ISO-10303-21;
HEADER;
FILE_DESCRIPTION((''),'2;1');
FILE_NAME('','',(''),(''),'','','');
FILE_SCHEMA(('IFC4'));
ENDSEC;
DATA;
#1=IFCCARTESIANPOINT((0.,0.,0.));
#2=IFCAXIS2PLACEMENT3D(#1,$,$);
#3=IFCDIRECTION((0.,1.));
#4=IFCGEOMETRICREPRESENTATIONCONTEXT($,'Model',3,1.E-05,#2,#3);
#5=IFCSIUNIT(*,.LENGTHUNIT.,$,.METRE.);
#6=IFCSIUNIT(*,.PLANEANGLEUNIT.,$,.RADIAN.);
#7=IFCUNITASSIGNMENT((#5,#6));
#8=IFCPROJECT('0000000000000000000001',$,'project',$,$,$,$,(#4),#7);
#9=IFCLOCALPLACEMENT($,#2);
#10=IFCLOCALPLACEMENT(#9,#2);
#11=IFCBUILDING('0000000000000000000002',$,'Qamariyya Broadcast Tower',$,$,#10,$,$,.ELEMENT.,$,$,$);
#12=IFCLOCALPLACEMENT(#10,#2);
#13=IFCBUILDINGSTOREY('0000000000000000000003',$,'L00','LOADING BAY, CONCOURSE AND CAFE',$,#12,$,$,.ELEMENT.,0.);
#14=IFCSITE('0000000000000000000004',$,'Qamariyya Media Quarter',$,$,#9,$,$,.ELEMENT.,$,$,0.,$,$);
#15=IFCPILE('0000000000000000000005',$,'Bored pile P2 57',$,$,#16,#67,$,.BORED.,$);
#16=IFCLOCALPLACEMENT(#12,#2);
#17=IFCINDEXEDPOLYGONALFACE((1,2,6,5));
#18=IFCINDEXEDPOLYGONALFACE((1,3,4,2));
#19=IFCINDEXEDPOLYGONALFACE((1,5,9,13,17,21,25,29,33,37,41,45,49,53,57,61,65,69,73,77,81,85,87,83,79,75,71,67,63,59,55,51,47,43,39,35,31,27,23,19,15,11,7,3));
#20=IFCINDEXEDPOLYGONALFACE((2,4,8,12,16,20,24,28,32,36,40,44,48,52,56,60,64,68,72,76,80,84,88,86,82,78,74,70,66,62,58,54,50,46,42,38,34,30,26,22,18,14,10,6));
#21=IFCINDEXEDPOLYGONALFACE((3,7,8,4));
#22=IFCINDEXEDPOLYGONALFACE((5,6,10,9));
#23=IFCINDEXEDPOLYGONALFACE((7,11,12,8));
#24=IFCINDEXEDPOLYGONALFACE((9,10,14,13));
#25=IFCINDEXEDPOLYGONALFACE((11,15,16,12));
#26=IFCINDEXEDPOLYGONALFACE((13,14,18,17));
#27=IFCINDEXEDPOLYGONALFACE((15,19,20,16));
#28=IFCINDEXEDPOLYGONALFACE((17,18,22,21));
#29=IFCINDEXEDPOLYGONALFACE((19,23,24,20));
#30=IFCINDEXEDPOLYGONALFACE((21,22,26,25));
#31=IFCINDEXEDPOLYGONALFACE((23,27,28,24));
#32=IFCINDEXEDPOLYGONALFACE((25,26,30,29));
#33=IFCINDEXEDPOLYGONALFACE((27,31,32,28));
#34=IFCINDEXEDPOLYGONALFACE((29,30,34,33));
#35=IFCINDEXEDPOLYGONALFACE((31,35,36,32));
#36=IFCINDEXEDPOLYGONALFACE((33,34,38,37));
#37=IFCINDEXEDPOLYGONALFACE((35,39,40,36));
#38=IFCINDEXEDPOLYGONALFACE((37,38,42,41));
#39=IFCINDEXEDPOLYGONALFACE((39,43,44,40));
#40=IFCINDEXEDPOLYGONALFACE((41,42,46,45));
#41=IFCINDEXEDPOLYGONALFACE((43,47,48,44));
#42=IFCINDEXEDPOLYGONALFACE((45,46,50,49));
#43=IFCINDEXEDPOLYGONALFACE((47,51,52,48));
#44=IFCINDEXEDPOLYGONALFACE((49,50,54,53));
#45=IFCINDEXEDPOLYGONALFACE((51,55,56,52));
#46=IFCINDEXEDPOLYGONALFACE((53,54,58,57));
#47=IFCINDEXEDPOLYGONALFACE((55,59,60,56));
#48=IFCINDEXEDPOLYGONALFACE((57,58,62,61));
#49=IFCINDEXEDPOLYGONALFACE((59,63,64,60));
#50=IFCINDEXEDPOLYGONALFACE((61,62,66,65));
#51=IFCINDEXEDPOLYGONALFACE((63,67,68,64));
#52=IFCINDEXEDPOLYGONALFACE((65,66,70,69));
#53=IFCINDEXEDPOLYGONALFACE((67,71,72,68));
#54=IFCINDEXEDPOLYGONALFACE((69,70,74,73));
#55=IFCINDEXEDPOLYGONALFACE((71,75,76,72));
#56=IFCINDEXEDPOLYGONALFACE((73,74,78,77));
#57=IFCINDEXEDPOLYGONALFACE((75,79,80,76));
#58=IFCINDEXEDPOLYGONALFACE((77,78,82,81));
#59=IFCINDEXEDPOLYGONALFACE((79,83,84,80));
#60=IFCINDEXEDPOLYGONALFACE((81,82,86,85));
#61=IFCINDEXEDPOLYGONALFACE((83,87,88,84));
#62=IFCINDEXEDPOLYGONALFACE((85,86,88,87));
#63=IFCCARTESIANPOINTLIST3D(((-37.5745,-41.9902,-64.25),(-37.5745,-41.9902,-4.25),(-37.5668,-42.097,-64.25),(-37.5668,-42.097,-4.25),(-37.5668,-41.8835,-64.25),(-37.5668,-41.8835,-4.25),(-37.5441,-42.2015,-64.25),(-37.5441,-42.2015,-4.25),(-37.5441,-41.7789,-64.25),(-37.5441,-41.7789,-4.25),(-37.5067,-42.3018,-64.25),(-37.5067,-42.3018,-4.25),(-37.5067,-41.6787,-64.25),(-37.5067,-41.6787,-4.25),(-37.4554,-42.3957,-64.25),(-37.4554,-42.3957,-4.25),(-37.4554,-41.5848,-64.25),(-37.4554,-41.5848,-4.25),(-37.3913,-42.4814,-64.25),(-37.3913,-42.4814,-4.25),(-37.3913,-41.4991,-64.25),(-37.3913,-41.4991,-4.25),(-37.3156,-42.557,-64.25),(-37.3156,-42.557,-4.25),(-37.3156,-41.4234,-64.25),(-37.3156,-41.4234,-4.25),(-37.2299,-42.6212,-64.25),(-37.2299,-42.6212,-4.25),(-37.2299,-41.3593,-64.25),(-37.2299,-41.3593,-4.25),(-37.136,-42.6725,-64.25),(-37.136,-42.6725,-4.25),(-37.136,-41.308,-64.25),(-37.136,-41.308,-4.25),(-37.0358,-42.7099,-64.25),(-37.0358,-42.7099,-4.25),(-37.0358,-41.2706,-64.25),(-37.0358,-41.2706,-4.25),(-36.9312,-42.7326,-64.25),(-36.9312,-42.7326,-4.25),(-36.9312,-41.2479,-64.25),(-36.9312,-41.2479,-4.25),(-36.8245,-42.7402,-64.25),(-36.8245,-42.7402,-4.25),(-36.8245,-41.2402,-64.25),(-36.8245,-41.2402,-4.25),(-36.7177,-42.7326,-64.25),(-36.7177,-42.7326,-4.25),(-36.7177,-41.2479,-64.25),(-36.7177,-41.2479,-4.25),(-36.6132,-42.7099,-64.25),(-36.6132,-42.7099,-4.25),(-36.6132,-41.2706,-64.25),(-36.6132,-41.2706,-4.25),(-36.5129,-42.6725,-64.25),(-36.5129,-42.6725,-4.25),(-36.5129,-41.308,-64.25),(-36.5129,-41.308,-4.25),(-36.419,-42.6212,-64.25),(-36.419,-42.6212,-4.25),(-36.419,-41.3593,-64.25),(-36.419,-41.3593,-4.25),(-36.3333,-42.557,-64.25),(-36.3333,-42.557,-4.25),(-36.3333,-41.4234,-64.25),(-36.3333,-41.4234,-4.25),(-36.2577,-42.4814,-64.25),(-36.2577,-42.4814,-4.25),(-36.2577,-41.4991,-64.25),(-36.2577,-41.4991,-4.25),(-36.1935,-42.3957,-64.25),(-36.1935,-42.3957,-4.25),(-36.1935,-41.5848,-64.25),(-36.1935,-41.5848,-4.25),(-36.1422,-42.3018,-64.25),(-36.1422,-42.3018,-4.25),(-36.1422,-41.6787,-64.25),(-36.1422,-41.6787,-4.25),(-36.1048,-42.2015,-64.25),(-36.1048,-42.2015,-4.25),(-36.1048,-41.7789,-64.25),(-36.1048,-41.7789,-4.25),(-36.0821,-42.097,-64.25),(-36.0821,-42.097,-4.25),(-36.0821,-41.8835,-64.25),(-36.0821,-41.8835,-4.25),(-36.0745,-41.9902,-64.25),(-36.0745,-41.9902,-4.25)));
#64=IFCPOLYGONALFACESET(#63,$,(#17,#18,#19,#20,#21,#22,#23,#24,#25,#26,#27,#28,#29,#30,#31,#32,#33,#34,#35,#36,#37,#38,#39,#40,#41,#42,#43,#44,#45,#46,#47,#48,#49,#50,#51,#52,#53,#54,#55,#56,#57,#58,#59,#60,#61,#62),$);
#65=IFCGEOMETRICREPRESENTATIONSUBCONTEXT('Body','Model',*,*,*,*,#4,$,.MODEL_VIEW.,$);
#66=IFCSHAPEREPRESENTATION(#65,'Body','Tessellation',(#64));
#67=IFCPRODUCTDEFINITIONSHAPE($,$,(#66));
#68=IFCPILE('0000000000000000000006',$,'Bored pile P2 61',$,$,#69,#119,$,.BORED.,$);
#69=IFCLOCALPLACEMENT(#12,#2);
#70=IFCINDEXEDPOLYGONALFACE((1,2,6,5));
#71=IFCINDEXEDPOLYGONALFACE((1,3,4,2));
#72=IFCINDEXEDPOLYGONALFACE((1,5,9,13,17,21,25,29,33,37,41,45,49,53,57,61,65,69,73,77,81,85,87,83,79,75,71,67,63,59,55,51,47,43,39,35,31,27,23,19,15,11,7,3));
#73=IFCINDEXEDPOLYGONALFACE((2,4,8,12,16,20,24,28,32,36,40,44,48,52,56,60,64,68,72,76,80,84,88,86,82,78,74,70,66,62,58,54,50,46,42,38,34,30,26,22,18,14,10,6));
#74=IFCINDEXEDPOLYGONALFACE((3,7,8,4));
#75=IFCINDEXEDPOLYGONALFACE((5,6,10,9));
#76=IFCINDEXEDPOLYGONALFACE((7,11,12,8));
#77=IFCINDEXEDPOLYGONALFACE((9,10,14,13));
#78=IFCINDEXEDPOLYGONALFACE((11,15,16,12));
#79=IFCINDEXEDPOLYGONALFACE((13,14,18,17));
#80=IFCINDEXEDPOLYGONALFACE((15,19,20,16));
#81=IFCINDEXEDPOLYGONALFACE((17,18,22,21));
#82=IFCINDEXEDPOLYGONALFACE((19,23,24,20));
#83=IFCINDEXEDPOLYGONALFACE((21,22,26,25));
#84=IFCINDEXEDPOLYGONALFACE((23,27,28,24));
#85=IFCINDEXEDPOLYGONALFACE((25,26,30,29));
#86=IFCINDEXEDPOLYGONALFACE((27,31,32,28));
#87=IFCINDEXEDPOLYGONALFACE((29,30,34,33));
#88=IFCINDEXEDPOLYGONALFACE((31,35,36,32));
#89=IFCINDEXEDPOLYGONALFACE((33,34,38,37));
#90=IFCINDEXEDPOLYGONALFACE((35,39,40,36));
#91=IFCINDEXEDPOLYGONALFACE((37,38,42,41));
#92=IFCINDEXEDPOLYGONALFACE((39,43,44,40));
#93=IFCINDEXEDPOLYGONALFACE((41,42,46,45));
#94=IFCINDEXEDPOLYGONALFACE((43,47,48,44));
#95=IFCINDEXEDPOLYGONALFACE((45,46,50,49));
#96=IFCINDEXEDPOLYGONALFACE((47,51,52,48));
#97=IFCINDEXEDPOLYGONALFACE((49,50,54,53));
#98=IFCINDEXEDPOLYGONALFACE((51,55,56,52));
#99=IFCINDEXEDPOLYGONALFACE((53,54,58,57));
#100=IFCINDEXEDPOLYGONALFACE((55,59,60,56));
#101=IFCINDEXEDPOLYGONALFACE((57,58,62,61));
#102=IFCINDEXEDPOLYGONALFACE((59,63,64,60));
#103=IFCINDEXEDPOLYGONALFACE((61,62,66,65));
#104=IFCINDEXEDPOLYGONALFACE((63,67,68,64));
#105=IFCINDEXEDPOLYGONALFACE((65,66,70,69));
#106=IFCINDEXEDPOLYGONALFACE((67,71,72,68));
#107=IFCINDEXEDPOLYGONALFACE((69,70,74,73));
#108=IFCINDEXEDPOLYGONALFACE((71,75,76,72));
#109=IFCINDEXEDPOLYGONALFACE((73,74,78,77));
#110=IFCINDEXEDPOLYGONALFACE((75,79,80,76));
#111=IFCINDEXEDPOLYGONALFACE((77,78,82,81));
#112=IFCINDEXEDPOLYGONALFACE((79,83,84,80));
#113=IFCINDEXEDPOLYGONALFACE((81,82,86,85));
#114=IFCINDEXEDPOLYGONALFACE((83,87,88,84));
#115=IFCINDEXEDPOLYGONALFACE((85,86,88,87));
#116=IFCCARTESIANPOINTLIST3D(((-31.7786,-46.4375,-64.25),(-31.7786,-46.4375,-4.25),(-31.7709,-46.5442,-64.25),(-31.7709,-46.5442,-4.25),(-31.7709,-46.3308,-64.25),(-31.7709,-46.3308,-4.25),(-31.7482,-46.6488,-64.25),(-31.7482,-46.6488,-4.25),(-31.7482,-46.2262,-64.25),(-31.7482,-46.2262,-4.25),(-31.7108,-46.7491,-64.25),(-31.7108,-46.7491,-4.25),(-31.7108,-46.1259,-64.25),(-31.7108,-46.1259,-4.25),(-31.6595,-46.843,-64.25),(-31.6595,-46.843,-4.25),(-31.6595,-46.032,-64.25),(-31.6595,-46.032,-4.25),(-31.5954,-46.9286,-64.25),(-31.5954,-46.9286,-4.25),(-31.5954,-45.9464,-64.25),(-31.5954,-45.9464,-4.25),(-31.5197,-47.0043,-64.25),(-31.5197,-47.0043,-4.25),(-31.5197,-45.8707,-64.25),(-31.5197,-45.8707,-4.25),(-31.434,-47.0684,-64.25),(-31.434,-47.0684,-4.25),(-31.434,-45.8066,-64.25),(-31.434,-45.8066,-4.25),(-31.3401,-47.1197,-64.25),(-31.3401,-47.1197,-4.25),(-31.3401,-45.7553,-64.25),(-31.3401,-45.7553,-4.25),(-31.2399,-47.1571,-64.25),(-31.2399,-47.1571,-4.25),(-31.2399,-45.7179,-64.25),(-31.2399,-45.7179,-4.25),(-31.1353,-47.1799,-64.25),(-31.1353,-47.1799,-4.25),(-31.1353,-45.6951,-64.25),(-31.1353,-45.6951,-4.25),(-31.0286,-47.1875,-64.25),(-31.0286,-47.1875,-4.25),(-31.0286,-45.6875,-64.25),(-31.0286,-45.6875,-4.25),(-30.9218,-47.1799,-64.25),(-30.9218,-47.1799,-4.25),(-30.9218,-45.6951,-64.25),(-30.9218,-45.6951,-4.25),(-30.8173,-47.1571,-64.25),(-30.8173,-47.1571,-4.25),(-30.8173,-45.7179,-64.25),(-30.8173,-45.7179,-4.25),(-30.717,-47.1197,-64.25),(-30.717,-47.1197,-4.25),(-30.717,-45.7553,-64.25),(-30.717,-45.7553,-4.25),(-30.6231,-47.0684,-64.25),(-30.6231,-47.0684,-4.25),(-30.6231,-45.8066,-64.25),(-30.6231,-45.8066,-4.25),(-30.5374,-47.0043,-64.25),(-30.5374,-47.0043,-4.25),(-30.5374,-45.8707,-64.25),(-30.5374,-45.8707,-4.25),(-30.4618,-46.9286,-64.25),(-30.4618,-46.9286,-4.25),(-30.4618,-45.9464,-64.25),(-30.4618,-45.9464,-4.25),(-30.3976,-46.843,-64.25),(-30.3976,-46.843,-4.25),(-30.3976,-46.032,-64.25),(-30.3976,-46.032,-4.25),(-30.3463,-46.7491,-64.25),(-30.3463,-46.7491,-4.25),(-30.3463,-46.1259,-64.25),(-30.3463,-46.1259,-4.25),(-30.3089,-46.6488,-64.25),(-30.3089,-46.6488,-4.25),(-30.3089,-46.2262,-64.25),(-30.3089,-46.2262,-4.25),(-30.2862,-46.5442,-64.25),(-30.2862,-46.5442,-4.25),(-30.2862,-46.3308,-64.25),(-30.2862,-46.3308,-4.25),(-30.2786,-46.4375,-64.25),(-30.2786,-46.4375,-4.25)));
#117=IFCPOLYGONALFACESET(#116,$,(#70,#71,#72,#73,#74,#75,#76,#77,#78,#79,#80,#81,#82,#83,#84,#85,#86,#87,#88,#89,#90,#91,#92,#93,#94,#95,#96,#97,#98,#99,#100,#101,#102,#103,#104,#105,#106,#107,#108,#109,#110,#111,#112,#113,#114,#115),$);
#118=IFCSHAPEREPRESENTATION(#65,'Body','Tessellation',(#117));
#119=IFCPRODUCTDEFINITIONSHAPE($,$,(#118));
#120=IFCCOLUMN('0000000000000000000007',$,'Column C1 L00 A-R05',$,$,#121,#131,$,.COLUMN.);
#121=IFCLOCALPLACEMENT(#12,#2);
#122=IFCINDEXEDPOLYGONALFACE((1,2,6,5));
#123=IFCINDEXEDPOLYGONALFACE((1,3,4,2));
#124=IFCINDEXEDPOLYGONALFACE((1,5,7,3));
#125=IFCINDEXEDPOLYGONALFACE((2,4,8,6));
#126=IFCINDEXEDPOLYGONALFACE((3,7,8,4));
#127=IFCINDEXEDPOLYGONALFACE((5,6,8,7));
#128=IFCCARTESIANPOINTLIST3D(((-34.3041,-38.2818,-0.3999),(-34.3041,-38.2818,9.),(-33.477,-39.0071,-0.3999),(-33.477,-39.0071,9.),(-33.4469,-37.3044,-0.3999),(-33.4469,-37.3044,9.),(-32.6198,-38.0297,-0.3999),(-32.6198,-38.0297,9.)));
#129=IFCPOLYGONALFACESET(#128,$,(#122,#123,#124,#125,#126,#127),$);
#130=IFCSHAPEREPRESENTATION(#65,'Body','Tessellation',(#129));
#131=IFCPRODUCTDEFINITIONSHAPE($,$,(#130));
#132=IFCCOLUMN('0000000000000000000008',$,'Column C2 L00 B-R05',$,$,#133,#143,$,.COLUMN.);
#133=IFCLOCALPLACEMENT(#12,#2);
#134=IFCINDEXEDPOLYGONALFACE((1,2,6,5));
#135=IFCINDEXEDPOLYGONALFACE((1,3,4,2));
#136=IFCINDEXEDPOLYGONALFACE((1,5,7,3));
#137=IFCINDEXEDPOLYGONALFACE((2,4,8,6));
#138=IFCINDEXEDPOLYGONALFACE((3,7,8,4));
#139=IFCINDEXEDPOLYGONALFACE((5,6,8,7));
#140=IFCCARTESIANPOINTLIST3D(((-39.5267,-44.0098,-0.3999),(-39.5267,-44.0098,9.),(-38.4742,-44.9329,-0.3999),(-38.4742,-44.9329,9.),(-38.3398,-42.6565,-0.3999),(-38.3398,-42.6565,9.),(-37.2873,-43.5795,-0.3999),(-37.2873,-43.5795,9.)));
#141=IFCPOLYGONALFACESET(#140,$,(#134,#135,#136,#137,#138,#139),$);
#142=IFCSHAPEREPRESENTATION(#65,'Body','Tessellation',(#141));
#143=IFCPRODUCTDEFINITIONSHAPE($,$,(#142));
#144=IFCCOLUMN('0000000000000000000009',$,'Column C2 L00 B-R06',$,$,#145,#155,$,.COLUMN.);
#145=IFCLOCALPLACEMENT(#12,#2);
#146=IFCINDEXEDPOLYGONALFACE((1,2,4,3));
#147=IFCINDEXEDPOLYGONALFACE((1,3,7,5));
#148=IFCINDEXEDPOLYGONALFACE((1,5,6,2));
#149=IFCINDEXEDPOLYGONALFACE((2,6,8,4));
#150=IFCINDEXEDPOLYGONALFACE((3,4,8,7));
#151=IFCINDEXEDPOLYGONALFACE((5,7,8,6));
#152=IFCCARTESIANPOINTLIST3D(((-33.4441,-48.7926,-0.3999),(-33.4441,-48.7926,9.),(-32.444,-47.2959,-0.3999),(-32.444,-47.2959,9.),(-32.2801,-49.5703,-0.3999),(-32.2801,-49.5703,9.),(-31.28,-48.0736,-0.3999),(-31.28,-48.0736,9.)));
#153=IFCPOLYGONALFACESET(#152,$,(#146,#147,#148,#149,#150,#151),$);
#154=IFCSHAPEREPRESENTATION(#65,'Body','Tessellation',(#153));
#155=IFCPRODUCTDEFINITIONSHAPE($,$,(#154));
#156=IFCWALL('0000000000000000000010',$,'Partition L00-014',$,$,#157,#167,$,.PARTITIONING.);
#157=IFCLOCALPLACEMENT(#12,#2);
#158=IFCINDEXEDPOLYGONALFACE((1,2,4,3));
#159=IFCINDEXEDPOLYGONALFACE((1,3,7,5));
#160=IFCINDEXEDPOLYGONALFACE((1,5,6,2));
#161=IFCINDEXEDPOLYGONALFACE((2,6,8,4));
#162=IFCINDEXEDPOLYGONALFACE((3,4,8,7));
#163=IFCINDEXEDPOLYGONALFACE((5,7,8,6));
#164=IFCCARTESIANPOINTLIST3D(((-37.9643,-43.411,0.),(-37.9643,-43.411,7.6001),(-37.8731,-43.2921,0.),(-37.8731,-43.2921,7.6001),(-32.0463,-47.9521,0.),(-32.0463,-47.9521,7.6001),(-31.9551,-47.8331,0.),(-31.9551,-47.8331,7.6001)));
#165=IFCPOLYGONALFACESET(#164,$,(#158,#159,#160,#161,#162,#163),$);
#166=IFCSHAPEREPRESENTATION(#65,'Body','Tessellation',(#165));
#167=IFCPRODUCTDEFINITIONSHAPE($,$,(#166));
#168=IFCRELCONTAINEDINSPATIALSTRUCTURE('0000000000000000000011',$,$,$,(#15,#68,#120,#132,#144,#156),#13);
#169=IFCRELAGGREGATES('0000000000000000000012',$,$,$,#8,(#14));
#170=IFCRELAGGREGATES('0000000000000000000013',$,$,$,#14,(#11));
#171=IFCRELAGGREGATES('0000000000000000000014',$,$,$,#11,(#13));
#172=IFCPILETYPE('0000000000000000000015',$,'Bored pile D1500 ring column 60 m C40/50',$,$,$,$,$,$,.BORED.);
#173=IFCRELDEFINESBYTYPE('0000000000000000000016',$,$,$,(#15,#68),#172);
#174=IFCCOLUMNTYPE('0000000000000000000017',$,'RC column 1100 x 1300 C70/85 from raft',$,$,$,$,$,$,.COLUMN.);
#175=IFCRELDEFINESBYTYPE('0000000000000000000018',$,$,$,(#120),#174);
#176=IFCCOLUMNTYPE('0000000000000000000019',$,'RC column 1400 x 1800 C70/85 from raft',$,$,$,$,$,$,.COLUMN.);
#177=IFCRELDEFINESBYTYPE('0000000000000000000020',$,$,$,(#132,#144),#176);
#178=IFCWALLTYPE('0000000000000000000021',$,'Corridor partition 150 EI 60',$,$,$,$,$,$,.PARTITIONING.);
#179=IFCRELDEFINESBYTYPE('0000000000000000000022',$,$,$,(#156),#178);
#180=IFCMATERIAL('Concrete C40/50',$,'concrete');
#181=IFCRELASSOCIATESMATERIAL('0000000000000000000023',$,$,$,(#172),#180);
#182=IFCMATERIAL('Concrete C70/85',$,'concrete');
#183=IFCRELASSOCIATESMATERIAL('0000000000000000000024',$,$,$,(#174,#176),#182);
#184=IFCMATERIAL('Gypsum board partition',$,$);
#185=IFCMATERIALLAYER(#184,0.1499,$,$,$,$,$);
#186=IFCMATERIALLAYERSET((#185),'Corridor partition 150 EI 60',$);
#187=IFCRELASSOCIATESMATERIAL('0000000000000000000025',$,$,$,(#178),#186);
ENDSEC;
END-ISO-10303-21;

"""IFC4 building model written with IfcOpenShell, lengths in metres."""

from ifc_helpers import new_model, si_unit, direction, frame, frame_2d, origin, origin_2d, place, context, subcontext, project, spatial, rectangle, circle, extrude, material, layer, layer_set, material_profile, profile_set, type_object, element, save


model = new_model("IFC4")

# Units and contexts
model_context = context("Model", 3, precision=1e-05, world=origin(), true_north=direction((0.0, 1.0)))
body_context = subcontext(model_context, "Body", "Model", "MODEL_VIEW")
ifc_project = project(units=[si_unit("LENGTHUNIT", "METRE"), si_unit("PLANEANGLEUNIT", "RADIAN")], contexts=[model_context])

# Site, building, storey
site_placement = place(None, origin())
site = spatial("IfcSite", under=ifc_project, at=site_placement, Name="Qamariyya Media Quarter", CompositionType="ELEMENT", RefElevation=0.0)
building_placement = place(site_placement, origin())
building = spatial("IfcBuilding", under=site, at=building_placement, Name="Qamariyya Broadcast Tower", CompositionType="ELEMENT")
storey_placement = place(building_placement, origin())
storey = spatial("IfcBuildingStorey", under=building, at=storey_placement, Name="L00", Description="LOADING BAY, CONCOURSE AND CAFE", CompositionType="ELEMENT", Elevation=0.0)

# Piles
ifc_material_1 = material(Name="Concrete C40/50", Category="concrete")
ifc_material_profile_1 = material_profile(ifc_material_1, circle(Radius=0.75, at=origin_2d()))
ifc_profile_set_1 = profile_set([ifc_material_profile_1], Name="Concrete C40/50")
pile_type_1 = type_object("IfcPileType", Name="Bored pile D1500 ring column 60 m C40/50", PredefinedType="BORED", material=ifc_profile_set_1)
for number, where, z_axis, x_axis, name in (
    (1, (-36.8245, -41.9902, -4.25), (0.0, 0.0, -1.0), (1.0, 0.0, 0.0), "Bored pile P2 57"),
    (2, (-31.0286, -46.4375, -4.25), (0.0, 0.0, -1.0), (1.0, 0.0, 0.0), "Bored pile P2 61"),
):
    element("IfcPile", number, at=place(storey_placement, frame(where, z_axis=z_axis, x_axis=x_axis)), inside=storey, type_object=pile_type_1, Name=name, PredefinedType="BORED", context=body_context, shape_type="SweptSolid", body=[
        extrude(circle(Radius=0.75, at=origin_2d()), origin(), (0.0, 0.0, 1.0), 60.0),
    ])

# Columns
ifc_material_2 = material(Name="Concrete C70/85", Category="concrete")
ifc_material_profile_2 = material_profile(ifc_material_2, rectangle(XDim=1.1001, YDim=1.3, at=origin_2d()))
ifc_profile_set_2 = profile_set([ifc_material_profile_2], Name="Concrete C70/85")
column_type_1 = type_object("IfcColumnType", Name="RC column 1100 x 1300 C70/85 from raft", PredefinedType="COLUMN", material=ifc_profile_set_2)
column_placement = place(storey_placement, frame((-33.4619, -38.1558, -0.3999), z_axis=(0.0, 0.0, 1.0), x_axis=(0.75184, -0.659346, 0.0)))
element("IfcColumn", 3, at=column_placement, inside=storey, type_object=column_type_1, Name="Column C1 L00 A-R05", PredefinedType="COLUMN", context=body_context, shape_type="SweptSolid", body=[
    extrude(rectangle(XDim=1.1001, YDim=1.3, at=origin_2d()), origin(), (0.0, 0.0, 1.0), 9.3999),
])
ifc_material_profile_3 = material_profile(ifc_material_2, rectangle(XDim=1.3999, YDim=1.8, at=origin_2d()))
ifc_profile_set_3 = profile_set([ifc_material_profile_3], Name="Concrete C70/85")
column_type_2 = type_object("IfcColumnType", Name="RC column 1400 x 1800 C70/85 from raft", PredefinedType="COLUMN", material=ifc_profile_set_3)
for number, where, z_axis, x_axis, name in (
    (4, (-38.407, -43.7947, -0.3999), (0.0, 0.0, 1.0), (0.75184, -0.659346, 0.0), "Column C2 L00 B-R05"),
    (5, (-32.3621, -48.4331, -0.3999), (0.0, 0.0, 1.0), (0.83147, -0.55557, 0.0), "Column C2 L00 B-R06"),
):
    element("IfcColumn", number, at=place(storey_placement, frame(where, z_axis=z_axis, x_axis=x_axis)), inside=storey, type_object=column_type_2, Name=name, PredefinedType="COLUMN", context=body_context, shape_type="SweptSolid", body=[
        extrude(rectangle(XDim=1.3999, YDim=1.8, at=origin_2d()), origin(), (0.0, 0.0, 1.0), 9.3999),
    ])

# Wall
ifc_material_3 = material(Name="Gypsum board partition")
ifc_layer = layer(ifc_material_3, 0.1499)
ifc_layer_set = layer_set([ifc_layer], Name="Corridor partition 150 EI 60")
wall_type = type_object("IfcWallType", Name="Corridor partition 150 EI 60", PredefinedType="PARTITIONING", material=ifc_layer_set)
wall_1_placement = place(storey_placement, frame((-37.9187, -43.3516, 0.0), z_axis=(0.0, 0.0, 1.0), x_axis=(0.793353, -0.608761, 0.0)))
element("IfcWall", 6, at=wall_1_placement, inside=storey, type_object=wall_type, Name="Partition L00-014", PredefinedType="PARTITIONING", context=body_context, shape_type="SweptSolid", body=[
    extrude(rectangle(XDim=7.4595, YDim=0.1499, at=frame_2d((3.7297, 0.0))), origin(), (0.0, 0.0, 1.0), 7.6001),
])

save(model, "model.ifc")
